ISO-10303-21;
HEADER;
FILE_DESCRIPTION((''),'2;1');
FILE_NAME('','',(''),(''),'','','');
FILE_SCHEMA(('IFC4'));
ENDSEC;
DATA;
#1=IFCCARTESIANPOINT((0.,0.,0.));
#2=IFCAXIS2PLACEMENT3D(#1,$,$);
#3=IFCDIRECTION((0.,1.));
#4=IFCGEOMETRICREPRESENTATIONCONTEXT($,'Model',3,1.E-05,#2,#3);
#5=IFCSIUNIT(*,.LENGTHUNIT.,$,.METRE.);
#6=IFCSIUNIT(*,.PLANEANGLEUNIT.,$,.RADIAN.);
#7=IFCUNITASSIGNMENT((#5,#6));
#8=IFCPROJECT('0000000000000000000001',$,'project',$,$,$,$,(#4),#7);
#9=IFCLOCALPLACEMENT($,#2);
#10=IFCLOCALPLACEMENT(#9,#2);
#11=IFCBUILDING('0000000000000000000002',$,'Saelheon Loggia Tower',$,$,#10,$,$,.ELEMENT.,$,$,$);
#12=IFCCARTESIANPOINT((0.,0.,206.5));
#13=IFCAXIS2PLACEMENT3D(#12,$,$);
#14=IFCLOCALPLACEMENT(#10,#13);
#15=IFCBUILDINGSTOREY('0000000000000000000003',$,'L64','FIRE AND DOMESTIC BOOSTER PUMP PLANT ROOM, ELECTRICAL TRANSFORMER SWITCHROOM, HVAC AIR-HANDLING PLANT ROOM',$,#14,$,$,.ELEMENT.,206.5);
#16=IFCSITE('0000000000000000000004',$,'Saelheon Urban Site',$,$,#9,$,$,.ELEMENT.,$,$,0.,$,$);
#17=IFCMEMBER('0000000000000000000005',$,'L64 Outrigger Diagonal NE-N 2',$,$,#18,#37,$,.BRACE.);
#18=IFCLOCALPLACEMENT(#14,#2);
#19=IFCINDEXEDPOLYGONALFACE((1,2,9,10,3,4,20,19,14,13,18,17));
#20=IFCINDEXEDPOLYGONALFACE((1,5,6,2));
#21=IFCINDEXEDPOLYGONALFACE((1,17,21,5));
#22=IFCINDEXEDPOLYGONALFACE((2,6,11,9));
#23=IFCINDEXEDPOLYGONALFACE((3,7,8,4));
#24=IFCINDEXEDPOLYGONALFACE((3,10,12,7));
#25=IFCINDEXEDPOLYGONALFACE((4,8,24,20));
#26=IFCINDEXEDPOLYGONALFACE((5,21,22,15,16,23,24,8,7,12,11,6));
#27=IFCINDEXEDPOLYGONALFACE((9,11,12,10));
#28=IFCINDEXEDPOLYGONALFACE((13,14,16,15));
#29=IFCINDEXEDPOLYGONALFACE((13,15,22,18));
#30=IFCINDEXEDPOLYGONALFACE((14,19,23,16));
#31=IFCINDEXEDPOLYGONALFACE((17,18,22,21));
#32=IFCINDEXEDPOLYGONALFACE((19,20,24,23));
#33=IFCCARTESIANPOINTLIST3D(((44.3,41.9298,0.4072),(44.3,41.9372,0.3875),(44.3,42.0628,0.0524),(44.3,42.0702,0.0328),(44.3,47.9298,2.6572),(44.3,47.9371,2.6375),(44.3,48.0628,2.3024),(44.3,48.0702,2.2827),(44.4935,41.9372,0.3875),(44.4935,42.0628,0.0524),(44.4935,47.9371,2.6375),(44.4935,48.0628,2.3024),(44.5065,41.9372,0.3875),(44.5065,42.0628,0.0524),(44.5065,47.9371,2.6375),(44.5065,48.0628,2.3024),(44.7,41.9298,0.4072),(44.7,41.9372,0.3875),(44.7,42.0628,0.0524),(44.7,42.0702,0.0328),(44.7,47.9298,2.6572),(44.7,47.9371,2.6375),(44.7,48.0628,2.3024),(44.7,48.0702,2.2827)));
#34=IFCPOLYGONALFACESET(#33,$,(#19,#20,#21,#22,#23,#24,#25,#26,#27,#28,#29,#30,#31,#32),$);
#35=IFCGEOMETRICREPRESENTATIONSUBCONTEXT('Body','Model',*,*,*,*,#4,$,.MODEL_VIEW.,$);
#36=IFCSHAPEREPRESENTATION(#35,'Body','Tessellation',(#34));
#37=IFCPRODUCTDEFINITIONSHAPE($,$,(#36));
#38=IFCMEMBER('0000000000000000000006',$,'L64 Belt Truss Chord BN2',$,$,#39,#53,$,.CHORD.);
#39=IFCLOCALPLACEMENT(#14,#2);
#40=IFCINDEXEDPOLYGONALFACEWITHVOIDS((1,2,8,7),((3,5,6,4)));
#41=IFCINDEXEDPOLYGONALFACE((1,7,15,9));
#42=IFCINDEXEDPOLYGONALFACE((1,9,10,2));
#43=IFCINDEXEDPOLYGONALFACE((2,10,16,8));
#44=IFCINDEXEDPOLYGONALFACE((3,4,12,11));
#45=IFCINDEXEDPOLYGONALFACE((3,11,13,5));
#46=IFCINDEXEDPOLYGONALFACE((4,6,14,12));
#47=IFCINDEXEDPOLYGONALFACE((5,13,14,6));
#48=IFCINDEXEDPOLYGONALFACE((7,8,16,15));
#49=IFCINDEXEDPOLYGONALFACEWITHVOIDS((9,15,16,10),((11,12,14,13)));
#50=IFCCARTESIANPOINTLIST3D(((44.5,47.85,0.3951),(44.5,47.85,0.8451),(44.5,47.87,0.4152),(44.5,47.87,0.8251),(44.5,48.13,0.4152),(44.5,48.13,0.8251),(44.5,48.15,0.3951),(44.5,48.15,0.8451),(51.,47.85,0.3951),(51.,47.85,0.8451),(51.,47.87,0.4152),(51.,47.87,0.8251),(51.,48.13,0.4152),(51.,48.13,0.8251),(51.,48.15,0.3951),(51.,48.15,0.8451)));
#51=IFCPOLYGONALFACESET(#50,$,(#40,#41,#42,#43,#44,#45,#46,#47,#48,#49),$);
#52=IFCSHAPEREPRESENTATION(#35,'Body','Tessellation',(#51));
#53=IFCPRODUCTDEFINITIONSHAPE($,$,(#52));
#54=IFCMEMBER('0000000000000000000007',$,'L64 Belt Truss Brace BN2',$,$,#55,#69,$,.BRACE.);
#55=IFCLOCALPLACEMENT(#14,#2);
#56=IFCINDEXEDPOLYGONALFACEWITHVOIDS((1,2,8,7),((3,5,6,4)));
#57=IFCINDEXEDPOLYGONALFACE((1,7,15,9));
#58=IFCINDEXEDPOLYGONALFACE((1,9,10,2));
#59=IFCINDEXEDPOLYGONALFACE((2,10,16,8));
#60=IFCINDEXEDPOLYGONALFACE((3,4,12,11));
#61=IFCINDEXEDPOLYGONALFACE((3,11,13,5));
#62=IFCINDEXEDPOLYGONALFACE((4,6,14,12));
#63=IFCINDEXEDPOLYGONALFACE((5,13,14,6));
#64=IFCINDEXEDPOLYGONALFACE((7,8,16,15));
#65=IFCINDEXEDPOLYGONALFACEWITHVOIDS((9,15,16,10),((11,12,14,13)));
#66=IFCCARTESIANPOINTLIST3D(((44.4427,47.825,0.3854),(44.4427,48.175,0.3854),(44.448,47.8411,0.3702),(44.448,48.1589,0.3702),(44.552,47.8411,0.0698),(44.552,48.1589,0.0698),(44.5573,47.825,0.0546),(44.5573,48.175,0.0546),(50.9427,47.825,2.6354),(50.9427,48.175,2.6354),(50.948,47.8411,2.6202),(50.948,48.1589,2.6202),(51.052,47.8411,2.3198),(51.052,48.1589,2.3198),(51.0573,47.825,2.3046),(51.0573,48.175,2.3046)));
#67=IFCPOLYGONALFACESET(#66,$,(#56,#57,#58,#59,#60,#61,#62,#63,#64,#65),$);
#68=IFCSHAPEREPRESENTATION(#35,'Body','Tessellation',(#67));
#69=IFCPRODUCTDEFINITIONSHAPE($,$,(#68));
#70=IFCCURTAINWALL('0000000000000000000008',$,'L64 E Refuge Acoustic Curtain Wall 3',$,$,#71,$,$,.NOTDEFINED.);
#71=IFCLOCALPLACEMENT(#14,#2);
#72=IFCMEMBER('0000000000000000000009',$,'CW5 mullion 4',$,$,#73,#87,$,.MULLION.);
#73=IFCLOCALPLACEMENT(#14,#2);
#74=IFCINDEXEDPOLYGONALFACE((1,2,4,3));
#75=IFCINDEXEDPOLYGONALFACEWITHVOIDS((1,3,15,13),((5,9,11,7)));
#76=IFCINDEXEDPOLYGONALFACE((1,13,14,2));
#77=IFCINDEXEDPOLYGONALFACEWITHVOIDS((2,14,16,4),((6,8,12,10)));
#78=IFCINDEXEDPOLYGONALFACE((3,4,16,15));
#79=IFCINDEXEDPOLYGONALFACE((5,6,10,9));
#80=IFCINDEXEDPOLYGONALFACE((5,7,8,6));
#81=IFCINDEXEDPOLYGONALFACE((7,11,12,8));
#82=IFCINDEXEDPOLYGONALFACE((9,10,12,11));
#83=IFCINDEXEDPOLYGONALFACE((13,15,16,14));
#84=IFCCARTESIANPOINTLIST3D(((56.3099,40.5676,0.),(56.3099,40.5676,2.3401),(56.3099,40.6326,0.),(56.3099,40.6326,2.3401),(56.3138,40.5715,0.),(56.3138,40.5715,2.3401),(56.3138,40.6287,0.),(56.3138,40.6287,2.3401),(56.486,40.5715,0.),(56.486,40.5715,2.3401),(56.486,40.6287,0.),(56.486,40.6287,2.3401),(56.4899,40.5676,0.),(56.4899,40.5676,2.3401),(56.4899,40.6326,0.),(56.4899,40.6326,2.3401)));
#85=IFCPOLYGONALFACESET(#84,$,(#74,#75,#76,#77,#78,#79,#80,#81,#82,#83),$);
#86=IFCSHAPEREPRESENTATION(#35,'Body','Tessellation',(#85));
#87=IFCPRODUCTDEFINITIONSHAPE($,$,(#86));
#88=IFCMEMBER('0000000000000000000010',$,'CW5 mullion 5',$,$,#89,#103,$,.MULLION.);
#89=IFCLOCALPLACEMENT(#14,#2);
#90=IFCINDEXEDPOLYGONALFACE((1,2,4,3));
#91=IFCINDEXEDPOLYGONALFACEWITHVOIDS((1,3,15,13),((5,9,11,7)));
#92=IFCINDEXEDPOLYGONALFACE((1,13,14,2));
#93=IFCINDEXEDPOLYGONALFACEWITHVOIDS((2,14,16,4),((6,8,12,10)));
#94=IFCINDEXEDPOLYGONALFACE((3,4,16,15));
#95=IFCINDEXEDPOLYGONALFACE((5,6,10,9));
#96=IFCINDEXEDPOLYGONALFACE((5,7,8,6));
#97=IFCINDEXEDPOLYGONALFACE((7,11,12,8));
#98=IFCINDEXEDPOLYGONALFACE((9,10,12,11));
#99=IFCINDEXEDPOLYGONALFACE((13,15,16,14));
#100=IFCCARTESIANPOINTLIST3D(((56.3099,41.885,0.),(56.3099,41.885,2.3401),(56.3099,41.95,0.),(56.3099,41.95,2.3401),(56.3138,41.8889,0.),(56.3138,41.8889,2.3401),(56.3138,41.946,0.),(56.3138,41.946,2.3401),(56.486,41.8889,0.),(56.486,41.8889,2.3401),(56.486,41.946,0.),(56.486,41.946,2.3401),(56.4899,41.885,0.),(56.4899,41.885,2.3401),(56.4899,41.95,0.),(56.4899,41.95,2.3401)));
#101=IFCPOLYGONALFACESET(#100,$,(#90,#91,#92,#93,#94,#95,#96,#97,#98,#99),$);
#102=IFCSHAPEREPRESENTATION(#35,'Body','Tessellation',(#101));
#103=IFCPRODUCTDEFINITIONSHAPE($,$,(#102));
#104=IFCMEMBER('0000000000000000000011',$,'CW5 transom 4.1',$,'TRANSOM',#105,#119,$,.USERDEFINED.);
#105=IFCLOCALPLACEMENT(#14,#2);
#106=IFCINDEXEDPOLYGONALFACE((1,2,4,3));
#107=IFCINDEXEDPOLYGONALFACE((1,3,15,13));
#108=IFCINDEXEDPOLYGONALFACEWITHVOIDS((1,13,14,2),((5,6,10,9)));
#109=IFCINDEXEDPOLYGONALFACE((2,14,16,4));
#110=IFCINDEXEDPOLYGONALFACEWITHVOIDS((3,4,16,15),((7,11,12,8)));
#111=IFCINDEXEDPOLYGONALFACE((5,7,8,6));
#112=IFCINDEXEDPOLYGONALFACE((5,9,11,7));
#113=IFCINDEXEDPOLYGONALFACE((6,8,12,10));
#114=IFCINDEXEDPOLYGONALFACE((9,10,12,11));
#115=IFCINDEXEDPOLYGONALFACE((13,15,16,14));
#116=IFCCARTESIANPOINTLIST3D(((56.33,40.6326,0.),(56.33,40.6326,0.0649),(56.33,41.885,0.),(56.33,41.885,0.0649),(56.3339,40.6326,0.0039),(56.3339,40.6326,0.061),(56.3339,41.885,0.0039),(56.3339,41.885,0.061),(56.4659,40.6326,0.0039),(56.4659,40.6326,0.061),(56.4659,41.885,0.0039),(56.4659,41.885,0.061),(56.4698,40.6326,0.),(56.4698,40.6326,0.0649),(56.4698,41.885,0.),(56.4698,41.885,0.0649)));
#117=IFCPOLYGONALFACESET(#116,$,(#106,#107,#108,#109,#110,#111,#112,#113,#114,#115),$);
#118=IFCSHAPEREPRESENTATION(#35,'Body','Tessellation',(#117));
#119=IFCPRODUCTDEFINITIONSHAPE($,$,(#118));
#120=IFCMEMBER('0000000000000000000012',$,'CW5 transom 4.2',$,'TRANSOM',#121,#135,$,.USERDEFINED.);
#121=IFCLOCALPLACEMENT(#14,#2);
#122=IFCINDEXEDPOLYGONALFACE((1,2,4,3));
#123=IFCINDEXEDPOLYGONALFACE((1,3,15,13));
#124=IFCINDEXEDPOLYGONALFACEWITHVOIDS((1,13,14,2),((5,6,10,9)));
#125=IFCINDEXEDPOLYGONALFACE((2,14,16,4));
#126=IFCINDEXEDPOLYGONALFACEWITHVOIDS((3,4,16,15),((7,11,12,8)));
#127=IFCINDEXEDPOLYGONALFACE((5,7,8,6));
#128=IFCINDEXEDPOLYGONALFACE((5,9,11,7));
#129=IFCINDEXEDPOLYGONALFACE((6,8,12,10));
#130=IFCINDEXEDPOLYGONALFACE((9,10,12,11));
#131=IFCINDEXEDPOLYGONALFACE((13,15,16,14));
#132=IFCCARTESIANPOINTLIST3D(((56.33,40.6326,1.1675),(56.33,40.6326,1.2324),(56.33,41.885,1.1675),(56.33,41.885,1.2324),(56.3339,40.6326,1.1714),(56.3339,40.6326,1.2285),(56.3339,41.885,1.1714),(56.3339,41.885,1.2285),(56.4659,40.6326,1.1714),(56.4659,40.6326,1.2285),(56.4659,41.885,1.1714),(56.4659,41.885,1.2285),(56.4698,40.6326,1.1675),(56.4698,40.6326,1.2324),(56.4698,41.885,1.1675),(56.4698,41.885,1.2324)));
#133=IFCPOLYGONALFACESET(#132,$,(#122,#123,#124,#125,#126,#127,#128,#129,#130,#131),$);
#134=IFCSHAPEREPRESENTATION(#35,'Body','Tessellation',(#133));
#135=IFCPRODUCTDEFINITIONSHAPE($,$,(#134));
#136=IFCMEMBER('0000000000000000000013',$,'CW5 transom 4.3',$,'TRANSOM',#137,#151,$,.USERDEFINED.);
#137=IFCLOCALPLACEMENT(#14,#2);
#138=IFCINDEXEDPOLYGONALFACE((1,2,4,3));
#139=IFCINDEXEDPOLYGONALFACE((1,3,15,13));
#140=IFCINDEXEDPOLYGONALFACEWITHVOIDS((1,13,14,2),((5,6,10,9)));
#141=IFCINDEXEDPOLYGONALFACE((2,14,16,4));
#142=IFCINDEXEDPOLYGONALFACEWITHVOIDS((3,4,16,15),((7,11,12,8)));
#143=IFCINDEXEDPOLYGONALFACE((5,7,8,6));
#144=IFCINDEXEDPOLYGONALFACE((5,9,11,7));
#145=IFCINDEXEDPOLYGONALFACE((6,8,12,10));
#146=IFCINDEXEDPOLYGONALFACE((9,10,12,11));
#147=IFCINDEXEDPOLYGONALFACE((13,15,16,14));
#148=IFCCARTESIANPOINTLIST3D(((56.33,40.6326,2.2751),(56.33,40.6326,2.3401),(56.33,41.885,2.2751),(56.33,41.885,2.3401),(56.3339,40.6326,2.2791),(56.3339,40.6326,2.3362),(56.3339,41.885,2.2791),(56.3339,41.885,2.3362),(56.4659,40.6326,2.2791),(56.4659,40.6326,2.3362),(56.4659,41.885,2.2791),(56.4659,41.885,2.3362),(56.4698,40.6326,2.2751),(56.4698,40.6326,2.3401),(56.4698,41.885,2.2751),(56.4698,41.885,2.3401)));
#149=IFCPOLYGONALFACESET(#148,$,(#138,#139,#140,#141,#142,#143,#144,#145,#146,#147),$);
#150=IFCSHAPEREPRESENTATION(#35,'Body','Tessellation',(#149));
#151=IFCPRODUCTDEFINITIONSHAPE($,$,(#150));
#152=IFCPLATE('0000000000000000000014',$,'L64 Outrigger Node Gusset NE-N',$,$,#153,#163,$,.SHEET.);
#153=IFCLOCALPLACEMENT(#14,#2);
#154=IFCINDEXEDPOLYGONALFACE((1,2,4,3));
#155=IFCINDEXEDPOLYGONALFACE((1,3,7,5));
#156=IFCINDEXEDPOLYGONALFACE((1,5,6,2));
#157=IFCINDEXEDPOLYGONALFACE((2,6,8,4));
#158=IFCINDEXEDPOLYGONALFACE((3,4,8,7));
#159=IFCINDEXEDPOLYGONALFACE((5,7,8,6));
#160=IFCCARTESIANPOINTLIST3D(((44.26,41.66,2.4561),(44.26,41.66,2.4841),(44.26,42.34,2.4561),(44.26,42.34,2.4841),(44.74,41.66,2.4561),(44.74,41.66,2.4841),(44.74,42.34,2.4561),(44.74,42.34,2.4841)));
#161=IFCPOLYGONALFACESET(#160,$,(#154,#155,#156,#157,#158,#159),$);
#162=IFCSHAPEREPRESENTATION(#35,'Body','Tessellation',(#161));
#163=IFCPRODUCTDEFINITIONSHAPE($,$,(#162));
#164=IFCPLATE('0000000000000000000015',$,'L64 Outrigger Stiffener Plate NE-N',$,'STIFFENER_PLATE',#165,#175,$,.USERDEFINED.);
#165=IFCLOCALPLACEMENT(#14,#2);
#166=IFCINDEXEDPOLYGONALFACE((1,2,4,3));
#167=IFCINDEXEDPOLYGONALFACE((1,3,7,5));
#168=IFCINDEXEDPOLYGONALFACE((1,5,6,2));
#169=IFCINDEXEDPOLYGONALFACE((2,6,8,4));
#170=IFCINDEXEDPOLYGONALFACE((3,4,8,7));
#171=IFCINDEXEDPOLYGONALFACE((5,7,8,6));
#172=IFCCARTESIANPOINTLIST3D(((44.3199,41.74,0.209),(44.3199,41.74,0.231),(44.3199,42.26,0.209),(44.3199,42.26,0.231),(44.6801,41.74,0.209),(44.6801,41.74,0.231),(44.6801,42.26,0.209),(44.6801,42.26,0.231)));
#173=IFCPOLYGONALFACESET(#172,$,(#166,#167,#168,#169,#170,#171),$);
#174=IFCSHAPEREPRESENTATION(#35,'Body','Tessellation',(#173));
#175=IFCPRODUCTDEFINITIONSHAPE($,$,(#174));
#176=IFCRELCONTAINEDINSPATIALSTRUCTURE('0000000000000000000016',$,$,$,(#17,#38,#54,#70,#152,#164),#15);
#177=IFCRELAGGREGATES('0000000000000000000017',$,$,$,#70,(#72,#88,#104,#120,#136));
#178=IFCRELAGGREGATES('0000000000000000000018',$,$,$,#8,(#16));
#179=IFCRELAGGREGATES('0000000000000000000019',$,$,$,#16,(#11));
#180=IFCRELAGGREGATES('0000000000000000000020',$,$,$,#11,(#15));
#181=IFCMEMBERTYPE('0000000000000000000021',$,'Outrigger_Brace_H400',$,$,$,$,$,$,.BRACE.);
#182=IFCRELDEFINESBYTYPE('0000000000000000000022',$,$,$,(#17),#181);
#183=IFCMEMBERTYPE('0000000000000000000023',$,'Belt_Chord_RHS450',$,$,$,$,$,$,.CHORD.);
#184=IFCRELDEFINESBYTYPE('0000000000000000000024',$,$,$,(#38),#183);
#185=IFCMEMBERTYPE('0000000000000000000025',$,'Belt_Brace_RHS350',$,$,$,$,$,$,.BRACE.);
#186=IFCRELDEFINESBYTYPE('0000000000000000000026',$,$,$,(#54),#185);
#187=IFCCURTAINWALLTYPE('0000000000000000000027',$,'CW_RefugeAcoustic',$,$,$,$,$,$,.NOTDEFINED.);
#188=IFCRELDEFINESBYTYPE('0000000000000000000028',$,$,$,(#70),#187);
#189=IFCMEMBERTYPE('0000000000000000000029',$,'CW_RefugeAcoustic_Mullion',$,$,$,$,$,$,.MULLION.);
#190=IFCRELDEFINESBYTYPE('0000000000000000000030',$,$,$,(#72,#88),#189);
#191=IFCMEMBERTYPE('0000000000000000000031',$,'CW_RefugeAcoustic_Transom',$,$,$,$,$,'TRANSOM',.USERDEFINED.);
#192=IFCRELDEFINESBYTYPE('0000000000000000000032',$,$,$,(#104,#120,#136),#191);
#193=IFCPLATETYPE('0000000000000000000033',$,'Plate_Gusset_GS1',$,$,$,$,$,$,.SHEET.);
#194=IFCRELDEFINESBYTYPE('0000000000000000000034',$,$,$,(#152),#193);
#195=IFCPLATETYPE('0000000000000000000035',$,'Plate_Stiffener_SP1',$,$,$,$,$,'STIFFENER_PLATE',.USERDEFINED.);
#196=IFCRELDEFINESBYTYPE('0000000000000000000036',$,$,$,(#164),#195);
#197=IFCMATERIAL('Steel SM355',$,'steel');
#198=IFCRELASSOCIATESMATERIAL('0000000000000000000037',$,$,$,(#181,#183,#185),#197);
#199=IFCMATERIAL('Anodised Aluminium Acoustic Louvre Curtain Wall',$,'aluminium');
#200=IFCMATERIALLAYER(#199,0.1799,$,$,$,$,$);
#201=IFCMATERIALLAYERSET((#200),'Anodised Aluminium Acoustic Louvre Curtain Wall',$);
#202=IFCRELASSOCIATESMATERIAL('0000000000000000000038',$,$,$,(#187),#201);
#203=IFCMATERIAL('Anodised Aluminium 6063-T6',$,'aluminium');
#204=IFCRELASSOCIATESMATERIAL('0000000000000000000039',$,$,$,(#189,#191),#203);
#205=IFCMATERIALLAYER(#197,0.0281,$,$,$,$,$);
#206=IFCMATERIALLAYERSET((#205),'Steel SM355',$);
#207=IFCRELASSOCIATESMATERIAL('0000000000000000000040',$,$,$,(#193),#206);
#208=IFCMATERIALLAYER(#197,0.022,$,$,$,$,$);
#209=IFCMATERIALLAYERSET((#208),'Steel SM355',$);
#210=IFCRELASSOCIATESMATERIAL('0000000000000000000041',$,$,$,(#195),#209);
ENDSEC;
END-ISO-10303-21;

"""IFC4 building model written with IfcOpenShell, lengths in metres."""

from ifc_helpers import new_model, si_unit, direction, frame, origin, origin_2d, place, context, subcontext, project, spatial, rectangle, hollow_rectangle, i_section, extrude, source, transform, mapped, material, layer, layer_set, material_profile, profile_set, type_object, element, aggregate, save


model = new_model("IFC4")

# Units and contexts
model_context = context("Model", 3, precision=1e-05, world=origin(), true_north=direction((0.0, 1.0)))
body_context = subcontext(model_context, "Body", "Model", "MODEL_VIEW")
ifc_project = project(units=[si_unit("LENGTHUNIT", "METRE"), si_unit("PLANEANGLEUNIT", "RADIAN")], contexts=[model_context])

# Site, building, storey
site_placement = place(None, origin())
site = spatial("IfcSite", under=ifc_project, at=site_placement, Name="Saelheon Urban Site", CompositionType="ELEMENT", RefElevation=0.0)
building_placement = place(site_placement, origin())
building = spatial("IfcBuilding", under=site, at=building_placement, Name="Saelheon Loggia Tower", CompositionType="ELEMENT")
storey_placement = place(building_placement, frame((0.0, 0.0, 206.5)))
storey = spatial("IfcBuildingStorey", under=building, at=storey_placement, Name="L64", Description="FIRE AND DOMESTIC BOOSTER PUMP PLANT ROOM, ELECTRICAL TRANSFORMER SWITCHROOM, HVAC AIR-HANDLING PLANT ROOM", CompositionType="ELEMENT", Elevation=206.5)

# Members
ifc_material_1 = material(Name="Steel SM355", Category="steel")
ifc_material_profile_1 = material_profile(ifc_material_1, i_section(OverallWidth=0.3999, OverallDepth=0.3999, WebThickness=0.0129, FlangeThickness=0.021, at=origin_2d()), Name="H-400x400x13x21")
ifc_profile_set_1 = profile_set([ifc_material_profile_1], Name="Steel SM355")
member_type_1 = type_object("IfcMemberType", Name="Outrigger_Brace_H400", PredefinedType="BRACE", material=ifc_profile_set_1)
shared_shape_1 = source(origin(), body_context, "Body", "SweptSolid", [
    extrude(i_section(OverallWidth=0.3999, OverallDepth=0.3999, WebThickness=0.0129, FlangeThickness=0.021, at=origin_2d()), origin(), (0.0, 0.0, 1.0), 6.408),
])
member_1_placement = place(storey_placement, frame((44.5, 42.0, 0.22), z_axis=(0.0, 0.936329, 0.351123), x_axis=(-1.0, 0.0, 0.0)))
element("IfcMember", 1, at=member_1_placement, inside=storey, type_object=member_type_1, Name="L64 Outrigger Diagonal NE-N 2", PredefinedType="BRACE", context=body_context, shape_type="MappedRepresentation", body=[
    mapped(shared_shape_1, transform((0.0, 0.0, 0.0), scale=1.0)),
])
ifc_material_profile_2 = material_profile(ifc_material_1, hollow_rectangle(XDim=0.3, YDim=0.45, WallThickness=0.02, at=origin_2d()), Name="RHS-450x300x20")
ifc_profile_set_2 = profile_set([ifc_material_profile_2], Name="Steel SM355")
member_type_2 = type_object("IfcMemberType", Name="Belt_Chord_RHS450", PredefinedType="CHORD", material=ifc_profile_set_2)
shared_shape_2 = source(origin(), body_context, "Body", "SweptSolid", [
    extrude(hollow_rectangle(XDim=0.3, YDim=0.45, WallThickness=0.02, at=origin_2d()), origin(), (0.0, 0.0, 1.0), 6.5),
])
member_2_placement = place(storey_placement, frame((44.5, 48.0, 0.6201), z_axis=(1.0, 0.0, 0.0), x_axis=(0.0, 1.0, 0.0)))
element("IfcMember", 2, at=member_2_placement, inside=storey, type_object=member_type_2, Name="L64 Belt Truss Chord BN2", PredefinedType="CHORD", context=body_context, shape_type="MappedRepresentation", body=[
    mapped(shared_shape_2, transform((0.0, 0.0, 0.0), scale=1.0)),
])
ifc_material_profile_3 = material_profile(ifc_material_1, hollow_rectangle(XDim=0.3501, YDim=0.3501, WallThickness=0.0161, at=origin_2d()), Name="RHS-350x350x16")
ifc_profile_set_3 = profile_set([ifc_material_profile_3], Name="Steel SM355")
member_type_3 = type_object("IfcMemberType", Name="Belt_Brace_RHS350", PredefinedType="BRACE", material=ifc_profile_set_3)
shared_shape_3 = source(origin(), body_context, "Body", "SweptSolid", [
    extrude(hollow_rectangle(XDim=0.3501, YDim=0.3501, WallThickness=0.0161, at=origin_2d()), origin(), (0.0, 0.0, 1.0), 6.8784),
])
member_3_placement = place(storey_placement, frame((44.5, 48.0, 0.22), z_axis=(0.944986, 0.0, 0.327111), x_axis=(0.0, 1.0, 0.0)))
element("IfcMember", 3, at=member_3_placement, inside=storey, type_object=member_type_3, Name="L64 Belt Truss Brace BN2", PredefinedType="BRACE", context=body_context, shape_type="MappedRepresentation", body=[
    mapped(shared_shape_3, transform((0.0, 0.0, 0.0), scale=1.0)),
])

# Curtain wall, members
ifc_material_2 = material(Name="Anodised Aluminium Acoustic Louvre Curtain Wall", Category="aluminium")
ifc_layer_1 = layer(ifc_material_2, 0.1799)
ifc_layer_set_1 = layer_set([ifc_layer_1], Name="Anodised Aluminium Acoustic Louvre Curtain Wall")
curtain_wall_type = type_object("IfcCurtainWallType", Name="CW_RefugeAcoustic", PredefinedType="NOTDEFINED", material=ifc_layer_set_1)
curtain_wall_placement = place(storey_placement, origin())
curtain_wall = element("IfcCurtainWall", 4, at=curtain_wall_placement, inside=storey, type_object=curtain_wall_type, Name="L64 E Refuge Acoustic Curtain Wall 3", PredefinedType="NOTDEFINED")
ifc_material_3 = material(Name="Anodised Aluminium 6063-T6", Category="aluminium")
ifc_material_profile_4 = material_profile(ifc_material_3, hollow_rectangle(XDim=0.0649, YDim=0.1799, WallThickness=0.0039, at=origin_2d()), Name="RHS-180x65x4")
ifc_profile_set_4 = profile_set([ifc_material_profile_4], Name="Anodised Aluminium 6063-T6")
member_type_4 = type_object("IfcMemberType", Name="CW_RefugeAcoustic_Mullion", PredefinedType="MULLION", material=ifc_profile_set_4)
shared_shape_4 = source(origin(), body_context, "Body", "SweptSolid", [
    extrude(hollow_rectangle(XDim=0.0649, YDim=0.1799, WallThickness=0.0039, at=origin_2d()), origin(), (0.0, 0.0, 1.0), 2.3401),
])
member_4_placement = place(storey_placement, frame((56.3999, 40.6001, 0.0), z_axis=(0.0, 0.0, 1.0), x_axis=(0.0, 1.0, 0.0)))
member_4 = element("IfcMember", 5, at=member_4_placement, type_object=member_type_4, Name="CW5 mullion 4", PredefinedType="MULLION", context=body_context, shape_type="MappedRepresentation", body=[
    mapped(shared_shape_4, transform((0.0, 0.0, 0.0), scale=1.0)),
])
member_5_placement = place(storey_placement, frame((56.3999, 41.9175, 0.0), z_axis=(0.0, 0.0, 1.0), x_axis=(0.0, 1.0, 0.0)))
member_5 = element("IfcMember", 6, at=member_5_placement, type_object=member_type_4, Name="CW5 mullion 5", PredefinedType="MULLION", context=body_context, shape_type="MappedRepresentation", body=[
    mapped(shared_shape_4, transform((0.0, 0.0, 0.0), scale=1.0)),
])
ifc_material_profile_5 = material_profile(ifc_material_3, hollow_rectangle(XDim=0.0649, YDim=0.1399, WallThickness=0.0039, at=origin_2d()), Name="RHS-140x65x4")
ifc_profile_set_5 = profile_set([ifc_material_profile_5], Name="Anodised Aluminium 6063-T6")
member_type_5 = type_object("IfcMemberType", Name="CW_RefugeAcoustic_Transom", ElementType="TRANSOM", PredefinedType="USERDEFINED", material=ifc_profile_set_5)
shared_shape_5 = source(origin(), body_context, "Body", "SweptSolid", [
    extrude(hollow_rectangle(XDim=0.0649, YDim=0.1399, WallThickness=0.0039, at=origin_2d()), origin(), (0.0, 0.0, 1.0), 1.2524),
])
member_6_placement = place(storey_placement, frame((56.3999, 40.6326, 0.0325), z_axis=(0.0, 1.0, 0.0), x_axis=(0.0, 0.0, 1.0)))
member_6 = element("IfcMember", 7, at=member_6_placement, type_object=member_type_5, Name="CW5 transom 4.1", ObjectType="TRANSOM", PredefinedType="USERDEFINED", context=body_context, shape_type="MappedRepresentation", body=[
    mapped(shared_shape_5, transform((0.0, 0.0, 0.0), scale=1.0)),
])
member_7_placement = place(storey_placement, frame((56.3999, 40.6326, 1.2), z_axis=(0.0, 1.0, 0.0), x_axis=(0.0, 0.0, 1.0)))
member_7 = element("IfcMember", 8, at=member_7_placement, type_object=member_type_5, Name="CW5 transom 4.2", ObjectType="TRANSOM", PredefinedType="USERDEFINED", context=body_context, shape_type="MappedRepresentation", body=[
    mapped(shared_shape_5, transform((0.0, 0.0, 0.0), scale=1.0)),
])
member_8_placement = place(storey_placement, frame((56.3999, 40.6326, 2.3076), z_axis=(0.0, 1.0, 0.0), x_axis=(0.0, 0.0, 1.0)))
member_8 = element("IfcMember", 9, at=member_8_placement, type_object=member_type_5, Name="CW5 transom 4.3", ObjectType="TRANSOM", PredefinedType="USERDEFINED", context=body_context, shape_type="MappedRepresentation", body=[
    mapped(shared_shape_5, transform((0.0, 0.0, 0.0), scale=1.0)),
])

# Plates
ifc_layer_2 = layer(ifc_material_1, 0.0281)
ifc_layer_set_2 = layer_set([ifc_layer_2], Name="Steel SM355")
plate_type_1 = type_object("IfcPlateType", Name="Plate_Gusset_GS1", PredefinedType="SHEET", material=ifc_layer_set_2)
shared_shape_6 = source(origin(), body_context, "Body", "SweptSolid", [
    extrude(rectangle(XDim=0.6799, YDim=0.48, at=origin_2d()), origin(), (0.0, 0.0, 1.0), 0.0281),
])
plate_1_placement = place(storey_placement, frame((44.5, 42.0, 2.4561), z_axis=(0.0, 0.0, 1.0), x_axis=(0.0, 1.0, 0.0)))
element("IfcPlate", 10, at=plate_1_placement, inside=storey, type_object=plate_type_1, Name="L64 Outrigger Node Gusset NE-N", PredefinedType="SHEET", context=body_context, shape_type="MappedRepresentation", body=[
    mapped(shared_shape_6, transform((0.0, 0.0, 0.0), scale=1.0)),
])
ifc_layer_3 = layer(ifc_material_1, 0.022)
ifc_layer_set_3 = layer_set([ifc_layer_3], Name="Steel SM355")
plate_type_2 = type_object("IfcPlateType", Name="Plate_Stiffener_SP1", ElementType="STIFFENER_PLATE", PredefinedType="USERDEFINED", material=ifc_layer_set_3)
shared_shape_7 = source(origin(), body_context, "Body", "SweptSolid", [
    extrude(rectangle(XDim=0.52, YDim=0.3601, at=origin_2d()), origin(), (0.0, 0.0, 1.0), 0.022),
])
plate_2_placement = place(storey_placement, frame((44.5, 42.0, 0.209), z_axis=(0.0, 0.0, 1.0), x_axis=(0.0, 1.0, 0.0)))
element("IfcPlate", 11, at=plate_2_placement, inside=storey, type_object=plate_type_2, Name="L64 Outrigger Stiffener Plate NE-N", ObjectType="STIFFENER_PLATE", PredefinedType="USERDEFINED", context=body_context, shape_type="MappedRepresentation", body=[
    mapped(shared_shape_7, transform((0.0, 0.0, 0.0), scale=1.0)),
])

aggregate(curtain_wall, [member_4, member_5, member_6, member_7, member_8])

save(model, "model.ifc")
